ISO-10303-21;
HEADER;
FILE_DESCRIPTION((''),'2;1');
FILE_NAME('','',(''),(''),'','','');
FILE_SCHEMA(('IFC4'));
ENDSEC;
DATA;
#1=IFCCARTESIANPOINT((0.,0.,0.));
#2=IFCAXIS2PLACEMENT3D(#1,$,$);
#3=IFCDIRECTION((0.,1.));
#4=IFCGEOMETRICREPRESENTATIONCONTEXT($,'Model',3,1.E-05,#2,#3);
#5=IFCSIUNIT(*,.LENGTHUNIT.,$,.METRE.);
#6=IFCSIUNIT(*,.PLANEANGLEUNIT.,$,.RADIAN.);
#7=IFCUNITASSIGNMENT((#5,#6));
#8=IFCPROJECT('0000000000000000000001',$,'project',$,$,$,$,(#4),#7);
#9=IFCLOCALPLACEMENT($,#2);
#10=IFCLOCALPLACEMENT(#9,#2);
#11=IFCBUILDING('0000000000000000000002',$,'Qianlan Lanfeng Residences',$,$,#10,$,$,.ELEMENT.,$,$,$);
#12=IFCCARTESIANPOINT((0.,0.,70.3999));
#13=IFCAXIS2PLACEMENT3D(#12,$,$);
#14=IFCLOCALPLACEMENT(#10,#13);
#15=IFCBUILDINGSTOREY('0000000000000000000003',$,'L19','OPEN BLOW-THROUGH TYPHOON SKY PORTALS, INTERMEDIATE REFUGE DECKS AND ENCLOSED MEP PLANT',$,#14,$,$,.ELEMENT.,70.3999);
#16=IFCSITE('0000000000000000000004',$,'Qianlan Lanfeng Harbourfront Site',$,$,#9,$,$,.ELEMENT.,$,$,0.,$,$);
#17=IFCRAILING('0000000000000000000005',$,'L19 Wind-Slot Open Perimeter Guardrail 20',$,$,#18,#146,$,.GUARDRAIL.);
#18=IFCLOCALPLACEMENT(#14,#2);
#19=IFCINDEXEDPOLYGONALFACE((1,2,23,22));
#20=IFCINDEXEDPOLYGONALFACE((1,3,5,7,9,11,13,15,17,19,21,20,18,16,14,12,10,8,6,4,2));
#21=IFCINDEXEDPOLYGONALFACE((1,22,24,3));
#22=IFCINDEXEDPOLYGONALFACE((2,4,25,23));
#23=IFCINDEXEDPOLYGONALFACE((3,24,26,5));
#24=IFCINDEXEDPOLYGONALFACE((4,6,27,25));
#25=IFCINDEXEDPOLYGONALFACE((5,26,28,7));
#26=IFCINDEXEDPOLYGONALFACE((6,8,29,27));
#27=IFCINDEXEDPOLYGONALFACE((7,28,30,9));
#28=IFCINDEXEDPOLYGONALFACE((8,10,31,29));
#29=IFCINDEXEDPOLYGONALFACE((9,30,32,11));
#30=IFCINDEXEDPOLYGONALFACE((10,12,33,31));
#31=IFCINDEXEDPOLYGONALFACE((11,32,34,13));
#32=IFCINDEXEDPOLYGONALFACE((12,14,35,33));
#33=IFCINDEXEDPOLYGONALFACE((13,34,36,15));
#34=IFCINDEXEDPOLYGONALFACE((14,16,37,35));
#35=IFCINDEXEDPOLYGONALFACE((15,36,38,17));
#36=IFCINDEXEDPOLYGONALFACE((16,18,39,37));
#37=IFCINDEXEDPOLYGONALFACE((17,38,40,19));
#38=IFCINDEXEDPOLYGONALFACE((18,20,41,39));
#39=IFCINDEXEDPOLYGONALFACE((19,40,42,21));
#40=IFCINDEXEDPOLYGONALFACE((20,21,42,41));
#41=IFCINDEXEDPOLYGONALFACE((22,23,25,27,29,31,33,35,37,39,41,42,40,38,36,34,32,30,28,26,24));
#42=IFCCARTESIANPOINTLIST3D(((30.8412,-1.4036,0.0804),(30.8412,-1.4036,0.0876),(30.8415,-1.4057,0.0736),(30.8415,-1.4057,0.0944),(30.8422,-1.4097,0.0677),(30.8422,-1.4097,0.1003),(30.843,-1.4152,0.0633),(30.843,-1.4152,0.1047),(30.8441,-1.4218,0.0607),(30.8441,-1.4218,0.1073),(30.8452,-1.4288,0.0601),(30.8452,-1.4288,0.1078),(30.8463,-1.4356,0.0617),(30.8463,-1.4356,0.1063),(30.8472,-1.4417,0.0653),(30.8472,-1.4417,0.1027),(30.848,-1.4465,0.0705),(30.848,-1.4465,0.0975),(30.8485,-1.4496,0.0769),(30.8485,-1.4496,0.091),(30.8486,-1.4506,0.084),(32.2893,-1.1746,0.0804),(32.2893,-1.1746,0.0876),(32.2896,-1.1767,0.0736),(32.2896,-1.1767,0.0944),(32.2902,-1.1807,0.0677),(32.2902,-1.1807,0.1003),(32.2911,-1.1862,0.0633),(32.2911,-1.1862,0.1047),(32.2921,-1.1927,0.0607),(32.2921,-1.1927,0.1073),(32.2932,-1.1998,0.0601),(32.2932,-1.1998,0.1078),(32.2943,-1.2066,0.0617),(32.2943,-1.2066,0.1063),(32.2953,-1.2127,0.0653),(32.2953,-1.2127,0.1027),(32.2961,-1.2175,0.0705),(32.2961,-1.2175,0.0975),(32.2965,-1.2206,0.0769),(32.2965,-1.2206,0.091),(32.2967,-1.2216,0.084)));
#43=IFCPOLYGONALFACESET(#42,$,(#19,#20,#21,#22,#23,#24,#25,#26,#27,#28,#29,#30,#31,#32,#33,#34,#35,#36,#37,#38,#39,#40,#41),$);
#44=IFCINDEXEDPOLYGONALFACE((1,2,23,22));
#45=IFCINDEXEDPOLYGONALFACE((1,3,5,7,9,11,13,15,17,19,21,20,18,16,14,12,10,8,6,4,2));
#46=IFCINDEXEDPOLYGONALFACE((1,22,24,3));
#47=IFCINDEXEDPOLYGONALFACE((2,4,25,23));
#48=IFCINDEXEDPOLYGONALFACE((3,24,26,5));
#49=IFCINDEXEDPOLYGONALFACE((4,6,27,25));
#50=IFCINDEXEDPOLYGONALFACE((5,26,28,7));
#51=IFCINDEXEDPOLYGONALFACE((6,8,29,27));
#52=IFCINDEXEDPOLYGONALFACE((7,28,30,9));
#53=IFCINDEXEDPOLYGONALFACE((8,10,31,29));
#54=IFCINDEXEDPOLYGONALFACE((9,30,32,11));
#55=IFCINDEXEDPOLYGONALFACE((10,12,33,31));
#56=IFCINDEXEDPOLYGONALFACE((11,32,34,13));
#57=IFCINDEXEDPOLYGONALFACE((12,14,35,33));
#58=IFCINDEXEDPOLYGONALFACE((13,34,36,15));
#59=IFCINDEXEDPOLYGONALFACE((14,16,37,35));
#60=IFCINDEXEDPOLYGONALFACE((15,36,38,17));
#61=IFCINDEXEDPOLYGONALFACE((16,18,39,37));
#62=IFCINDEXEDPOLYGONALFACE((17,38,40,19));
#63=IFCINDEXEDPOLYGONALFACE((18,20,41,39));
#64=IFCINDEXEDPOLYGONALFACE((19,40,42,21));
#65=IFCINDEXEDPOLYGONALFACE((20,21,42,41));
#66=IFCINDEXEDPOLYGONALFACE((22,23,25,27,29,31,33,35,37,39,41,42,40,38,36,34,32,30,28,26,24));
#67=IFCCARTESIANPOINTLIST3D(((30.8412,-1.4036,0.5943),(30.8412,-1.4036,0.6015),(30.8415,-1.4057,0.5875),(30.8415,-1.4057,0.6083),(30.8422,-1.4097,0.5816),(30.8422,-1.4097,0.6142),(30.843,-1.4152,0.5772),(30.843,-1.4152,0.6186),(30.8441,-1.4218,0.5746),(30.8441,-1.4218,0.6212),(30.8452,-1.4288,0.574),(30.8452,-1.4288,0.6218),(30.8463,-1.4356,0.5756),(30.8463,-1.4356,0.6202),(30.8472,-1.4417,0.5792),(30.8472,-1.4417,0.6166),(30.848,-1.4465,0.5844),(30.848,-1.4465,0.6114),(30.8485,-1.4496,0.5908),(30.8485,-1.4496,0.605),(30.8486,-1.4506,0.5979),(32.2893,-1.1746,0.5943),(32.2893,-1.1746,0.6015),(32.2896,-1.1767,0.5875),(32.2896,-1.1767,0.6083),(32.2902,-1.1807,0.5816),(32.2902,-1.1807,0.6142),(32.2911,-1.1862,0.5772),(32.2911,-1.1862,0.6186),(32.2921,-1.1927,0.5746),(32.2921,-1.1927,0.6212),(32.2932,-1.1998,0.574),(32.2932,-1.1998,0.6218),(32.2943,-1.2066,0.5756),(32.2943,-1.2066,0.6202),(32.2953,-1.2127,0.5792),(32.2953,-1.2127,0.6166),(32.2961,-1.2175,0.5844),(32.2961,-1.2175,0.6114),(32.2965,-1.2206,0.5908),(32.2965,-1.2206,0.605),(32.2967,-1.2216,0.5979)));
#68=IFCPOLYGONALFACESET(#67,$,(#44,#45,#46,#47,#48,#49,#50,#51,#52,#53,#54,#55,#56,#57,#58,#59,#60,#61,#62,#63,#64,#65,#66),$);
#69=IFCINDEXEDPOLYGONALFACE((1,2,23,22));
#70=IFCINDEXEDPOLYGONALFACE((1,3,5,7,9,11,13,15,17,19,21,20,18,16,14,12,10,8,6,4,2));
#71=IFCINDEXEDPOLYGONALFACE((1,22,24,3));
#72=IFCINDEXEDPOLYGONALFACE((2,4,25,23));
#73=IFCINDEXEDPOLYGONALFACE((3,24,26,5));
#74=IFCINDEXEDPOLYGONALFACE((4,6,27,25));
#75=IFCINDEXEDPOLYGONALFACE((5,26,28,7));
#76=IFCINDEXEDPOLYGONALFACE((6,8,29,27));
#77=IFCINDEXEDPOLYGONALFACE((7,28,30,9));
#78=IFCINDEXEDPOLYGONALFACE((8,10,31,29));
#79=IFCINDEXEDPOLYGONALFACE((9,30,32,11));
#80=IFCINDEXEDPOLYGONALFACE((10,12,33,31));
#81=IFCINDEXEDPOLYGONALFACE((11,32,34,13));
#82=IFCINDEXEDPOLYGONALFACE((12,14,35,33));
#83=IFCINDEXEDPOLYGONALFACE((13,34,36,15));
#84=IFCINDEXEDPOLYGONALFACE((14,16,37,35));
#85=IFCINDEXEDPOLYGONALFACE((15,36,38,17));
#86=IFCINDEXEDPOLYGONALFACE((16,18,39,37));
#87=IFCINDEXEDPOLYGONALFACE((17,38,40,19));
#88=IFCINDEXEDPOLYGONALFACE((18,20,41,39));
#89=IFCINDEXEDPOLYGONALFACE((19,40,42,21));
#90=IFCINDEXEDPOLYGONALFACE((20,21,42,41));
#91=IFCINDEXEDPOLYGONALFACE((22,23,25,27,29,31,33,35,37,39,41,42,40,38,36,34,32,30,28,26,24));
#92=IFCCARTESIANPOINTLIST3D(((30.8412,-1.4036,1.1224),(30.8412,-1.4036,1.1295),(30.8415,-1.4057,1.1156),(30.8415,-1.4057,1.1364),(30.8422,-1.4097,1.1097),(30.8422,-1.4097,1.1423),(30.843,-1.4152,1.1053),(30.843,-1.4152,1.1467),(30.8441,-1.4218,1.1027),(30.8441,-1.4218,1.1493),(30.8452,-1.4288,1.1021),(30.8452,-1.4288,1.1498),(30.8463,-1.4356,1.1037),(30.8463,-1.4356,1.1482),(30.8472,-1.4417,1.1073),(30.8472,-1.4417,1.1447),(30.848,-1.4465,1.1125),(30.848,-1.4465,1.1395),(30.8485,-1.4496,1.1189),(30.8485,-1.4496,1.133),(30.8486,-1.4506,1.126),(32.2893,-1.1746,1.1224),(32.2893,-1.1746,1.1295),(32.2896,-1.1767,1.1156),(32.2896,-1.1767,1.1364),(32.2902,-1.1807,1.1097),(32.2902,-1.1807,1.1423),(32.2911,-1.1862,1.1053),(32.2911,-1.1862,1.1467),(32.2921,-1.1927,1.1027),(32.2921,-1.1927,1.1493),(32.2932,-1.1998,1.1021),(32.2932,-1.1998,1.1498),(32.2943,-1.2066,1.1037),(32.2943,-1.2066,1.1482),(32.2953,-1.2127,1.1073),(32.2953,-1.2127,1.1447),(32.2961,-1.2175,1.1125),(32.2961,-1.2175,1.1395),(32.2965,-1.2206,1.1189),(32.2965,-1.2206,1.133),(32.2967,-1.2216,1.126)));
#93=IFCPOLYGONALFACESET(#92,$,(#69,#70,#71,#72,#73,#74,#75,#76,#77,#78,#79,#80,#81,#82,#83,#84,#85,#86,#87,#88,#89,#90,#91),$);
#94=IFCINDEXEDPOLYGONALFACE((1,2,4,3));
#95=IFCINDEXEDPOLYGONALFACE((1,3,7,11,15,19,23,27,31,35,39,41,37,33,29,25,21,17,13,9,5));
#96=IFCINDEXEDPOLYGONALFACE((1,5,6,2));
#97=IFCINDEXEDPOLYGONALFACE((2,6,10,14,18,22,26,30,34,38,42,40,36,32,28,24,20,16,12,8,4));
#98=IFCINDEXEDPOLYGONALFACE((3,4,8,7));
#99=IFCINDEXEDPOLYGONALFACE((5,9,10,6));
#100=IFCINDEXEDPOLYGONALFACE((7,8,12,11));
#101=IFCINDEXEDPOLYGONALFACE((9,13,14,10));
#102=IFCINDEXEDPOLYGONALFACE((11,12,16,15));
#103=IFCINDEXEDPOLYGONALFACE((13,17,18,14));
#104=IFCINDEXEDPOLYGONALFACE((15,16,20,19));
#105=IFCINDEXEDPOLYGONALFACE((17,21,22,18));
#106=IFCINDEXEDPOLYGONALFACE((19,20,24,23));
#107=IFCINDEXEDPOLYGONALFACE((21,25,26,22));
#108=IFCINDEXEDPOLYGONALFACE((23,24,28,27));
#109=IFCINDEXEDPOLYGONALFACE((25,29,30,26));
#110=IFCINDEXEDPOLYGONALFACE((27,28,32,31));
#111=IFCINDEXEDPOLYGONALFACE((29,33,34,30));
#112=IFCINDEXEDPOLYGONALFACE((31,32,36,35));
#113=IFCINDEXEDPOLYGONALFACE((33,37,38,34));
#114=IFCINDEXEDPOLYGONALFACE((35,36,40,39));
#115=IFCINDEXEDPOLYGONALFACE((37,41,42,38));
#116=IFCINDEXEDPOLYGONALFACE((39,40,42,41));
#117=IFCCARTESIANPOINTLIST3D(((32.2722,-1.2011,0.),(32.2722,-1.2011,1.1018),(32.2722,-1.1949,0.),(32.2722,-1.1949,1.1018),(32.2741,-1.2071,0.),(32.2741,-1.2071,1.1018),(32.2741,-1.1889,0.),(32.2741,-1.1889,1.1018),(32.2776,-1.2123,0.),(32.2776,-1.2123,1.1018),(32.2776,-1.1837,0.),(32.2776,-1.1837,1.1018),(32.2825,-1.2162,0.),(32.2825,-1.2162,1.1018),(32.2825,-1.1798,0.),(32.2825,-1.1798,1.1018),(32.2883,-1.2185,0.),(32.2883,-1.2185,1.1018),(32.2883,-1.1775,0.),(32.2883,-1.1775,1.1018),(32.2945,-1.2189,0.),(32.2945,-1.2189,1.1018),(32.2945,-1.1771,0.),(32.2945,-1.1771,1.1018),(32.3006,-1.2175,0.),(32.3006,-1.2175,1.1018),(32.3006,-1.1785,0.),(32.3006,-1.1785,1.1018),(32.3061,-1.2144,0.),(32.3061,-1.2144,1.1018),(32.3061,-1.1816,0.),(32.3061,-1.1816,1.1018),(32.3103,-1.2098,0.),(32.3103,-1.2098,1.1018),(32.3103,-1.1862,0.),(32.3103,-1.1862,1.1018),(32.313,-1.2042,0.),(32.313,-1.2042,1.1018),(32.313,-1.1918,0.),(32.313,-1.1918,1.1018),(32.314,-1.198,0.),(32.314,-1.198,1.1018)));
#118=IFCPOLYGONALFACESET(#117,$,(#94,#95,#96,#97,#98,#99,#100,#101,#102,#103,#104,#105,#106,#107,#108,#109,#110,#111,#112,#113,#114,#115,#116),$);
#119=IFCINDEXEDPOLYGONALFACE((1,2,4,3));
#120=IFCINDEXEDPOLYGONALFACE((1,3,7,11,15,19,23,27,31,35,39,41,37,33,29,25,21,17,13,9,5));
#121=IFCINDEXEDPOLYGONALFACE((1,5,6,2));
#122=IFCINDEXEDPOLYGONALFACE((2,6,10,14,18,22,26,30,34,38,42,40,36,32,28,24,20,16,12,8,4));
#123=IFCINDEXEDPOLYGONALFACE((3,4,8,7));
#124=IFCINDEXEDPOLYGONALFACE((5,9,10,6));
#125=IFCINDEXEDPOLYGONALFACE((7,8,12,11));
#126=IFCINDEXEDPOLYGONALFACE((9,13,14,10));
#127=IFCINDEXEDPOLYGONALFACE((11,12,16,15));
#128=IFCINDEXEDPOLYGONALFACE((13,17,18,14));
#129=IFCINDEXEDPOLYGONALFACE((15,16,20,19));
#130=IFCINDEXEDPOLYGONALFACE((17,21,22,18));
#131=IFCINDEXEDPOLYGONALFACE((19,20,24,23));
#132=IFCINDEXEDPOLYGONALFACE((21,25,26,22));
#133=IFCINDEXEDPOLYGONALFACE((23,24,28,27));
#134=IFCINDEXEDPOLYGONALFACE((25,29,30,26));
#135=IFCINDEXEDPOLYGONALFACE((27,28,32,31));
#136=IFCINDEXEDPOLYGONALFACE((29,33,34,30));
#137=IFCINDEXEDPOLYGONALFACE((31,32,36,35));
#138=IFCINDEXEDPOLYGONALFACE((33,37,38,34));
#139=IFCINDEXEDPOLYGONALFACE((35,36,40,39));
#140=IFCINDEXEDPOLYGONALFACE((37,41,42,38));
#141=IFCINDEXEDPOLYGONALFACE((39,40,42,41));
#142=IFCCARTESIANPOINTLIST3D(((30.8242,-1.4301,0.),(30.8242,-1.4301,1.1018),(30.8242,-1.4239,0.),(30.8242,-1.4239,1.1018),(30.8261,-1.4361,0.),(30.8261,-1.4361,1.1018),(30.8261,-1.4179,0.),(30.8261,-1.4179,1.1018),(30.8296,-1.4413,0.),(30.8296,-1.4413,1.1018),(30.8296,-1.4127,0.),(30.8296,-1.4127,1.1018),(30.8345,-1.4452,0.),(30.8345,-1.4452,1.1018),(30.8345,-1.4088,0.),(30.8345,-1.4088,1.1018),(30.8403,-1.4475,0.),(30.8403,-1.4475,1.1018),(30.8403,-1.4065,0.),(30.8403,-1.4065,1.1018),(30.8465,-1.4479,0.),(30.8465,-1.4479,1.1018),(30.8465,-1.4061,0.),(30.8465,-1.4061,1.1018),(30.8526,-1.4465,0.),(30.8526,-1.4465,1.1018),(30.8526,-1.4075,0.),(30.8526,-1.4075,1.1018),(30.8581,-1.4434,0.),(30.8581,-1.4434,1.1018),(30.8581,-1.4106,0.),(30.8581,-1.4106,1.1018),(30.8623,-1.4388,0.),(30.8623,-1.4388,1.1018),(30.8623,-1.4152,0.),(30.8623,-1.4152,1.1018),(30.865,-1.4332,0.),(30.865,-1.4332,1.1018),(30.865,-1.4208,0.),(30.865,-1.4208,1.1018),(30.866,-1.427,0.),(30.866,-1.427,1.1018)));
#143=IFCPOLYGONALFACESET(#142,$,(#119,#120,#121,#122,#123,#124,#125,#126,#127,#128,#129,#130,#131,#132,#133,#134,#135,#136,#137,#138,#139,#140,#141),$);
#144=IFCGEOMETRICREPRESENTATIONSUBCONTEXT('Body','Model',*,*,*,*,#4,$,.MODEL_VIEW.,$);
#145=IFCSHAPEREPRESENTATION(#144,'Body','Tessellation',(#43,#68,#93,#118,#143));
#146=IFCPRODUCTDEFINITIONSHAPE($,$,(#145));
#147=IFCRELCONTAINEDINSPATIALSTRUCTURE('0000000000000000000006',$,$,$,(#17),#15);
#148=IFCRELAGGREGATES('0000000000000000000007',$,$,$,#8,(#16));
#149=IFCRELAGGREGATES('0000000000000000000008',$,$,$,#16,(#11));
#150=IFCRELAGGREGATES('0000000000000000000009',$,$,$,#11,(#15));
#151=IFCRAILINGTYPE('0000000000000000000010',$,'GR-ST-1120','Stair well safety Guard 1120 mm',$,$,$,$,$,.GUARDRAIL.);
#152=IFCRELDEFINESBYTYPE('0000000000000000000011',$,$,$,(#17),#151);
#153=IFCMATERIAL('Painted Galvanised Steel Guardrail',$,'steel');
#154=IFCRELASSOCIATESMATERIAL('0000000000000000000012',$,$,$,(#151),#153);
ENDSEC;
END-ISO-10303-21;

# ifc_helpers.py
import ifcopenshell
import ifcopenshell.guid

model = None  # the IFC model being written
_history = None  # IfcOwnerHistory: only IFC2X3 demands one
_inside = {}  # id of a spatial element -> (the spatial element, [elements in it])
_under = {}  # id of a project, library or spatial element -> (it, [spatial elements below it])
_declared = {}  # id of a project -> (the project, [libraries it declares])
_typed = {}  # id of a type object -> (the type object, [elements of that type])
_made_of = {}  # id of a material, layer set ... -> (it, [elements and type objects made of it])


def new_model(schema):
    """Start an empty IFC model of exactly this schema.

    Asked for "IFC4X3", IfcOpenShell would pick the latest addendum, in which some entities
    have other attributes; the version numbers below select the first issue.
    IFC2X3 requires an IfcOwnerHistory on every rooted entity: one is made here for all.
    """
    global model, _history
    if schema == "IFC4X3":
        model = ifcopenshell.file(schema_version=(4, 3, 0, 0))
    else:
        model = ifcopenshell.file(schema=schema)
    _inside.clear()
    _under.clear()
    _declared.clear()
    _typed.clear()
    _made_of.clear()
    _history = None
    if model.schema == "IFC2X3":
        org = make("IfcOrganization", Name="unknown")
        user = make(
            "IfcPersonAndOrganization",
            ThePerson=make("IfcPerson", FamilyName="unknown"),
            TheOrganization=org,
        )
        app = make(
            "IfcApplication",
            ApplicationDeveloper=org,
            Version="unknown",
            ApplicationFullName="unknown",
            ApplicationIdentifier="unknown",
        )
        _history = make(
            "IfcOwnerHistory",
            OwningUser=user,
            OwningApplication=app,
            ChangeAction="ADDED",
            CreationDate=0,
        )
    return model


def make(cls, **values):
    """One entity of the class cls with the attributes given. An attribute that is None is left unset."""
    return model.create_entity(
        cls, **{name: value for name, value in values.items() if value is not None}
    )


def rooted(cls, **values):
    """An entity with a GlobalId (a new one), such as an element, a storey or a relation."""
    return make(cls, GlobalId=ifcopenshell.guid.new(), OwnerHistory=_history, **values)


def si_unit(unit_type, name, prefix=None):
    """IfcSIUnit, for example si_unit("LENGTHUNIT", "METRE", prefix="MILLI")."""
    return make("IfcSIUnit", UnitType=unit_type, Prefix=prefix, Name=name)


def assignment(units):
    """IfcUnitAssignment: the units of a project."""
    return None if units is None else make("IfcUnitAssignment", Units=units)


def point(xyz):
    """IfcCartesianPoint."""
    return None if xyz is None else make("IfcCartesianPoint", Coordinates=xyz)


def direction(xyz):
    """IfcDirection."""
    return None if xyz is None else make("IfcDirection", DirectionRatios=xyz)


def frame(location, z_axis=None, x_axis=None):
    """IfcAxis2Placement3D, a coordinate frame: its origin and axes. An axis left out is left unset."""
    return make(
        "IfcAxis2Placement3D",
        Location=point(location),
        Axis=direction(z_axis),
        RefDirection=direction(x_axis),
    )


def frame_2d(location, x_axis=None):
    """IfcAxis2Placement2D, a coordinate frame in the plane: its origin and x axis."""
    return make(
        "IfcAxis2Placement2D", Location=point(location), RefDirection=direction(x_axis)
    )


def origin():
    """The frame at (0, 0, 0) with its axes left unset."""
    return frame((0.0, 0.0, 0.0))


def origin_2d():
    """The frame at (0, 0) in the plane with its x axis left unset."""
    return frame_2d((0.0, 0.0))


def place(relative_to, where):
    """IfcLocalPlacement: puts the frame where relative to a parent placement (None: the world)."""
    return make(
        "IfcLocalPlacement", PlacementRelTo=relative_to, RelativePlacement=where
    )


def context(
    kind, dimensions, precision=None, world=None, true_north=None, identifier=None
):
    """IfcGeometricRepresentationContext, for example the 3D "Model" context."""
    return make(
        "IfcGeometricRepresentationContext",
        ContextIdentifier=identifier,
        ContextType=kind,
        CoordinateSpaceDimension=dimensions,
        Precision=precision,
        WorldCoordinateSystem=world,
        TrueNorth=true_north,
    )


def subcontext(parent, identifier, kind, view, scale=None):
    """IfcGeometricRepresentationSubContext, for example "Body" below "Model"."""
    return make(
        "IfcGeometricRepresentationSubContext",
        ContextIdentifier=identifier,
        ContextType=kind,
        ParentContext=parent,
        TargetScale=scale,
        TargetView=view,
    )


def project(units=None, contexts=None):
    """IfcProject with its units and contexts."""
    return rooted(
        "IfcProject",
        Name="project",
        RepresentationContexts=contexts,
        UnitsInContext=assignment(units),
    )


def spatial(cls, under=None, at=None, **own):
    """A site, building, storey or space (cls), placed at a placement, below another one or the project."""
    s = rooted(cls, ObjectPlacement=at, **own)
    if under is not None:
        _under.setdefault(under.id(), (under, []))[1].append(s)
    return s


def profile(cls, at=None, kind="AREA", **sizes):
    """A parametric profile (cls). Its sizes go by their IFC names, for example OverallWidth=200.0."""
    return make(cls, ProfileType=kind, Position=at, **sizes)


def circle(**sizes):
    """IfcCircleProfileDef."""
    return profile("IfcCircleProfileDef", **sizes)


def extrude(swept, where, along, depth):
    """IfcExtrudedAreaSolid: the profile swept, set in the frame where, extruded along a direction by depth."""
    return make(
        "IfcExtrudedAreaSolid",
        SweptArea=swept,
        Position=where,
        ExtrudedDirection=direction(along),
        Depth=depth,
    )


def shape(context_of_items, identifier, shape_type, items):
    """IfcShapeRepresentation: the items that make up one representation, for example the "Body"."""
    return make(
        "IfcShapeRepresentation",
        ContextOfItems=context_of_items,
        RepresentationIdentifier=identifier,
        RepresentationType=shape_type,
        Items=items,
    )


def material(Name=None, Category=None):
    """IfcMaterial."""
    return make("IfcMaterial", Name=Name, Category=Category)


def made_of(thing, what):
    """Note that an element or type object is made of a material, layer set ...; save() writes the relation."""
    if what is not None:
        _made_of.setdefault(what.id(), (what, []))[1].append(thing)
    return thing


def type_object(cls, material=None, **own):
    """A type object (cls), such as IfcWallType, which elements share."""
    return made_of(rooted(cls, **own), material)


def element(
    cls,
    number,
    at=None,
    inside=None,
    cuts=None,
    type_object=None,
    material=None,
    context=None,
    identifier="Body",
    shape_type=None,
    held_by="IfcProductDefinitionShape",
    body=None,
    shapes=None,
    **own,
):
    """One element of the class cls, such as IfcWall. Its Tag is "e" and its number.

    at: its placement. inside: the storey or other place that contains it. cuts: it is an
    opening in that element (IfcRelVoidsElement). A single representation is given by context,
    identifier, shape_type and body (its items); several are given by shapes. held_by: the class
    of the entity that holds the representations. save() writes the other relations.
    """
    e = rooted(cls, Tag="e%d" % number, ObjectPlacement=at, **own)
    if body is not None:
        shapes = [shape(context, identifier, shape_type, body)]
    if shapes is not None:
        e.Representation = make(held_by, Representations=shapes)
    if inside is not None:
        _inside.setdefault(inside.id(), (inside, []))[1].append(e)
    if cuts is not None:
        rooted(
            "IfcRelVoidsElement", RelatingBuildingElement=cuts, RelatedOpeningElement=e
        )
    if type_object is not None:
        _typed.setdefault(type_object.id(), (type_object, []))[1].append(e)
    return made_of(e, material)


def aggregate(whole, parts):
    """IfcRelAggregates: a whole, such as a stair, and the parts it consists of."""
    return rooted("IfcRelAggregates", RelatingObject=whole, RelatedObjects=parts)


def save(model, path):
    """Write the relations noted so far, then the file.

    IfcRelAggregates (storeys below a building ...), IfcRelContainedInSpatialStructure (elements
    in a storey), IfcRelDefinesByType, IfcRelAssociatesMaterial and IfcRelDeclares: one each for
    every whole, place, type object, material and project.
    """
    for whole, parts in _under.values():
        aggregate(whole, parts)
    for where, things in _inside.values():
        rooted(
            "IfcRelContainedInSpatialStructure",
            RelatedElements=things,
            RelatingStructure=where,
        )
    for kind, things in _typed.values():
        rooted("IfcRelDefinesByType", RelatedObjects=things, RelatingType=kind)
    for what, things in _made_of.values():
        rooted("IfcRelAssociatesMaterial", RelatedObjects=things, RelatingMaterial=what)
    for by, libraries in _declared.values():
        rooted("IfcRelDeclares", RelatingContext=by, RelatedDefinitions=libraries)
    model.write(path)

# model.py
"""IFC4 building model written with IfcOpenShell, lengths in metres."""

from ifc_helpers import new_model, si_unit, direction, frame, origin, origin_2d, place, context, subcontext, project, spatial, circle, extrude, material, type_object, element, save


model = new_model("IFC4")

# Units and contexts
model_context = context("Model", 3, precision=1e-05, world=origin(), true_north=direction((0.0, 1.0)))
body_context = subcontext(model_context, "Body", "Model", "MODEL_VIEW")
ifc_project = project(units=[si_unit("LENGTHUNIT", "METRE"), si_unit("PLANEANGLEUNIT", "RADIAN")], contexts=[model_context])

# Site, building, storey
site_placement = place(None, origin())
site = spatial("IfcSite", under=ifc_project, at=site_placement, Name="Qianlan Lanfeng Harbourfront Site", CompositionType="ELEMENT", RefElevation=0.0)
building_placement = place(site_placement, origin())
building = spatial("IfcBuilding", under=site, at=building_placement, Name="Qianlan Lanfeng Residences", CompositionType="ELEMENT")
storey_placement = place(building_placement, frame((0.0, 0.0, 70.3999)))
storey = spatial("IfcBuildingStorey", under=building, at=storey_placement, Name="L19", Description="OPEN BLOW-THROUGH TYPHOON SKY PORTALS, INTERMEDIATE REFUGE DECKS AND ENCLOSED MEP PLANT", CompositionType="ELEMENT", Elevation=70.3999)

# Railing
ifc_material_1 = material(Name="Painted Galvanised Steel Guardrail", Category="steel")
railing_type = type_object("IfcRailingType", Name="GR-ST-1120", Description="Stair well safety Guard 1120 mm", PredefinedType="GUARDRAIL", material=ifc_material_1)
railing_1_placement = place(storey_placement, frame((32.293, -1.198, 0.0)))
element("IfcRailing", 1, at=railing_1_placement, inside=storey, type_object=railing_type, Name="L19 Wind-Slot Open Perimeter Guardrail 20", PredefinedType="GUARDRAIL", context=body_context, shape_type="SweptSolid", body=[
    extrude(circle(Radius=0.0239, at=origin_2d()), frame((0.0, 0.0, 0.084), z_axis=(-0.987724, -0.156211, 0.0), x_axis=(0.156211, -0.987724, 0.0)), (0.0, 0.0, 1.0), 1.4661),
    extrude(circle(Radius=0.0239, at=origin_2d()), frame((0.0, 0.0, 0.5979), z_axis=(-0.987724, -0.156211, 0.0), x_axis=(0.156211, -0.987724, 0.0)), (0.0, 0.0, 1.0), 1.4661),
    extrude(circle(Radius=0.0239, at=origin_2d()), frame((0.0, 0.0, 1.126), z_axis=(-0.987724, -0.156211, 0.0), x_axis=(0.156211, -0.987724, 0.0)), (0.0, 0.0, 1.0), 1.4661),
    extrude(circle(Radius=0.021, at=origin_2d()), origin(), (0.0, 0.0, 1.0), 1.1018),
    extrude(circle(Radius=0.021, at=origin_2d()), frame((-1.448, -0.229, 0.0)), (0.0, 0.0, 1.0), 1.1018),
])

save(model, "model.ifc")
